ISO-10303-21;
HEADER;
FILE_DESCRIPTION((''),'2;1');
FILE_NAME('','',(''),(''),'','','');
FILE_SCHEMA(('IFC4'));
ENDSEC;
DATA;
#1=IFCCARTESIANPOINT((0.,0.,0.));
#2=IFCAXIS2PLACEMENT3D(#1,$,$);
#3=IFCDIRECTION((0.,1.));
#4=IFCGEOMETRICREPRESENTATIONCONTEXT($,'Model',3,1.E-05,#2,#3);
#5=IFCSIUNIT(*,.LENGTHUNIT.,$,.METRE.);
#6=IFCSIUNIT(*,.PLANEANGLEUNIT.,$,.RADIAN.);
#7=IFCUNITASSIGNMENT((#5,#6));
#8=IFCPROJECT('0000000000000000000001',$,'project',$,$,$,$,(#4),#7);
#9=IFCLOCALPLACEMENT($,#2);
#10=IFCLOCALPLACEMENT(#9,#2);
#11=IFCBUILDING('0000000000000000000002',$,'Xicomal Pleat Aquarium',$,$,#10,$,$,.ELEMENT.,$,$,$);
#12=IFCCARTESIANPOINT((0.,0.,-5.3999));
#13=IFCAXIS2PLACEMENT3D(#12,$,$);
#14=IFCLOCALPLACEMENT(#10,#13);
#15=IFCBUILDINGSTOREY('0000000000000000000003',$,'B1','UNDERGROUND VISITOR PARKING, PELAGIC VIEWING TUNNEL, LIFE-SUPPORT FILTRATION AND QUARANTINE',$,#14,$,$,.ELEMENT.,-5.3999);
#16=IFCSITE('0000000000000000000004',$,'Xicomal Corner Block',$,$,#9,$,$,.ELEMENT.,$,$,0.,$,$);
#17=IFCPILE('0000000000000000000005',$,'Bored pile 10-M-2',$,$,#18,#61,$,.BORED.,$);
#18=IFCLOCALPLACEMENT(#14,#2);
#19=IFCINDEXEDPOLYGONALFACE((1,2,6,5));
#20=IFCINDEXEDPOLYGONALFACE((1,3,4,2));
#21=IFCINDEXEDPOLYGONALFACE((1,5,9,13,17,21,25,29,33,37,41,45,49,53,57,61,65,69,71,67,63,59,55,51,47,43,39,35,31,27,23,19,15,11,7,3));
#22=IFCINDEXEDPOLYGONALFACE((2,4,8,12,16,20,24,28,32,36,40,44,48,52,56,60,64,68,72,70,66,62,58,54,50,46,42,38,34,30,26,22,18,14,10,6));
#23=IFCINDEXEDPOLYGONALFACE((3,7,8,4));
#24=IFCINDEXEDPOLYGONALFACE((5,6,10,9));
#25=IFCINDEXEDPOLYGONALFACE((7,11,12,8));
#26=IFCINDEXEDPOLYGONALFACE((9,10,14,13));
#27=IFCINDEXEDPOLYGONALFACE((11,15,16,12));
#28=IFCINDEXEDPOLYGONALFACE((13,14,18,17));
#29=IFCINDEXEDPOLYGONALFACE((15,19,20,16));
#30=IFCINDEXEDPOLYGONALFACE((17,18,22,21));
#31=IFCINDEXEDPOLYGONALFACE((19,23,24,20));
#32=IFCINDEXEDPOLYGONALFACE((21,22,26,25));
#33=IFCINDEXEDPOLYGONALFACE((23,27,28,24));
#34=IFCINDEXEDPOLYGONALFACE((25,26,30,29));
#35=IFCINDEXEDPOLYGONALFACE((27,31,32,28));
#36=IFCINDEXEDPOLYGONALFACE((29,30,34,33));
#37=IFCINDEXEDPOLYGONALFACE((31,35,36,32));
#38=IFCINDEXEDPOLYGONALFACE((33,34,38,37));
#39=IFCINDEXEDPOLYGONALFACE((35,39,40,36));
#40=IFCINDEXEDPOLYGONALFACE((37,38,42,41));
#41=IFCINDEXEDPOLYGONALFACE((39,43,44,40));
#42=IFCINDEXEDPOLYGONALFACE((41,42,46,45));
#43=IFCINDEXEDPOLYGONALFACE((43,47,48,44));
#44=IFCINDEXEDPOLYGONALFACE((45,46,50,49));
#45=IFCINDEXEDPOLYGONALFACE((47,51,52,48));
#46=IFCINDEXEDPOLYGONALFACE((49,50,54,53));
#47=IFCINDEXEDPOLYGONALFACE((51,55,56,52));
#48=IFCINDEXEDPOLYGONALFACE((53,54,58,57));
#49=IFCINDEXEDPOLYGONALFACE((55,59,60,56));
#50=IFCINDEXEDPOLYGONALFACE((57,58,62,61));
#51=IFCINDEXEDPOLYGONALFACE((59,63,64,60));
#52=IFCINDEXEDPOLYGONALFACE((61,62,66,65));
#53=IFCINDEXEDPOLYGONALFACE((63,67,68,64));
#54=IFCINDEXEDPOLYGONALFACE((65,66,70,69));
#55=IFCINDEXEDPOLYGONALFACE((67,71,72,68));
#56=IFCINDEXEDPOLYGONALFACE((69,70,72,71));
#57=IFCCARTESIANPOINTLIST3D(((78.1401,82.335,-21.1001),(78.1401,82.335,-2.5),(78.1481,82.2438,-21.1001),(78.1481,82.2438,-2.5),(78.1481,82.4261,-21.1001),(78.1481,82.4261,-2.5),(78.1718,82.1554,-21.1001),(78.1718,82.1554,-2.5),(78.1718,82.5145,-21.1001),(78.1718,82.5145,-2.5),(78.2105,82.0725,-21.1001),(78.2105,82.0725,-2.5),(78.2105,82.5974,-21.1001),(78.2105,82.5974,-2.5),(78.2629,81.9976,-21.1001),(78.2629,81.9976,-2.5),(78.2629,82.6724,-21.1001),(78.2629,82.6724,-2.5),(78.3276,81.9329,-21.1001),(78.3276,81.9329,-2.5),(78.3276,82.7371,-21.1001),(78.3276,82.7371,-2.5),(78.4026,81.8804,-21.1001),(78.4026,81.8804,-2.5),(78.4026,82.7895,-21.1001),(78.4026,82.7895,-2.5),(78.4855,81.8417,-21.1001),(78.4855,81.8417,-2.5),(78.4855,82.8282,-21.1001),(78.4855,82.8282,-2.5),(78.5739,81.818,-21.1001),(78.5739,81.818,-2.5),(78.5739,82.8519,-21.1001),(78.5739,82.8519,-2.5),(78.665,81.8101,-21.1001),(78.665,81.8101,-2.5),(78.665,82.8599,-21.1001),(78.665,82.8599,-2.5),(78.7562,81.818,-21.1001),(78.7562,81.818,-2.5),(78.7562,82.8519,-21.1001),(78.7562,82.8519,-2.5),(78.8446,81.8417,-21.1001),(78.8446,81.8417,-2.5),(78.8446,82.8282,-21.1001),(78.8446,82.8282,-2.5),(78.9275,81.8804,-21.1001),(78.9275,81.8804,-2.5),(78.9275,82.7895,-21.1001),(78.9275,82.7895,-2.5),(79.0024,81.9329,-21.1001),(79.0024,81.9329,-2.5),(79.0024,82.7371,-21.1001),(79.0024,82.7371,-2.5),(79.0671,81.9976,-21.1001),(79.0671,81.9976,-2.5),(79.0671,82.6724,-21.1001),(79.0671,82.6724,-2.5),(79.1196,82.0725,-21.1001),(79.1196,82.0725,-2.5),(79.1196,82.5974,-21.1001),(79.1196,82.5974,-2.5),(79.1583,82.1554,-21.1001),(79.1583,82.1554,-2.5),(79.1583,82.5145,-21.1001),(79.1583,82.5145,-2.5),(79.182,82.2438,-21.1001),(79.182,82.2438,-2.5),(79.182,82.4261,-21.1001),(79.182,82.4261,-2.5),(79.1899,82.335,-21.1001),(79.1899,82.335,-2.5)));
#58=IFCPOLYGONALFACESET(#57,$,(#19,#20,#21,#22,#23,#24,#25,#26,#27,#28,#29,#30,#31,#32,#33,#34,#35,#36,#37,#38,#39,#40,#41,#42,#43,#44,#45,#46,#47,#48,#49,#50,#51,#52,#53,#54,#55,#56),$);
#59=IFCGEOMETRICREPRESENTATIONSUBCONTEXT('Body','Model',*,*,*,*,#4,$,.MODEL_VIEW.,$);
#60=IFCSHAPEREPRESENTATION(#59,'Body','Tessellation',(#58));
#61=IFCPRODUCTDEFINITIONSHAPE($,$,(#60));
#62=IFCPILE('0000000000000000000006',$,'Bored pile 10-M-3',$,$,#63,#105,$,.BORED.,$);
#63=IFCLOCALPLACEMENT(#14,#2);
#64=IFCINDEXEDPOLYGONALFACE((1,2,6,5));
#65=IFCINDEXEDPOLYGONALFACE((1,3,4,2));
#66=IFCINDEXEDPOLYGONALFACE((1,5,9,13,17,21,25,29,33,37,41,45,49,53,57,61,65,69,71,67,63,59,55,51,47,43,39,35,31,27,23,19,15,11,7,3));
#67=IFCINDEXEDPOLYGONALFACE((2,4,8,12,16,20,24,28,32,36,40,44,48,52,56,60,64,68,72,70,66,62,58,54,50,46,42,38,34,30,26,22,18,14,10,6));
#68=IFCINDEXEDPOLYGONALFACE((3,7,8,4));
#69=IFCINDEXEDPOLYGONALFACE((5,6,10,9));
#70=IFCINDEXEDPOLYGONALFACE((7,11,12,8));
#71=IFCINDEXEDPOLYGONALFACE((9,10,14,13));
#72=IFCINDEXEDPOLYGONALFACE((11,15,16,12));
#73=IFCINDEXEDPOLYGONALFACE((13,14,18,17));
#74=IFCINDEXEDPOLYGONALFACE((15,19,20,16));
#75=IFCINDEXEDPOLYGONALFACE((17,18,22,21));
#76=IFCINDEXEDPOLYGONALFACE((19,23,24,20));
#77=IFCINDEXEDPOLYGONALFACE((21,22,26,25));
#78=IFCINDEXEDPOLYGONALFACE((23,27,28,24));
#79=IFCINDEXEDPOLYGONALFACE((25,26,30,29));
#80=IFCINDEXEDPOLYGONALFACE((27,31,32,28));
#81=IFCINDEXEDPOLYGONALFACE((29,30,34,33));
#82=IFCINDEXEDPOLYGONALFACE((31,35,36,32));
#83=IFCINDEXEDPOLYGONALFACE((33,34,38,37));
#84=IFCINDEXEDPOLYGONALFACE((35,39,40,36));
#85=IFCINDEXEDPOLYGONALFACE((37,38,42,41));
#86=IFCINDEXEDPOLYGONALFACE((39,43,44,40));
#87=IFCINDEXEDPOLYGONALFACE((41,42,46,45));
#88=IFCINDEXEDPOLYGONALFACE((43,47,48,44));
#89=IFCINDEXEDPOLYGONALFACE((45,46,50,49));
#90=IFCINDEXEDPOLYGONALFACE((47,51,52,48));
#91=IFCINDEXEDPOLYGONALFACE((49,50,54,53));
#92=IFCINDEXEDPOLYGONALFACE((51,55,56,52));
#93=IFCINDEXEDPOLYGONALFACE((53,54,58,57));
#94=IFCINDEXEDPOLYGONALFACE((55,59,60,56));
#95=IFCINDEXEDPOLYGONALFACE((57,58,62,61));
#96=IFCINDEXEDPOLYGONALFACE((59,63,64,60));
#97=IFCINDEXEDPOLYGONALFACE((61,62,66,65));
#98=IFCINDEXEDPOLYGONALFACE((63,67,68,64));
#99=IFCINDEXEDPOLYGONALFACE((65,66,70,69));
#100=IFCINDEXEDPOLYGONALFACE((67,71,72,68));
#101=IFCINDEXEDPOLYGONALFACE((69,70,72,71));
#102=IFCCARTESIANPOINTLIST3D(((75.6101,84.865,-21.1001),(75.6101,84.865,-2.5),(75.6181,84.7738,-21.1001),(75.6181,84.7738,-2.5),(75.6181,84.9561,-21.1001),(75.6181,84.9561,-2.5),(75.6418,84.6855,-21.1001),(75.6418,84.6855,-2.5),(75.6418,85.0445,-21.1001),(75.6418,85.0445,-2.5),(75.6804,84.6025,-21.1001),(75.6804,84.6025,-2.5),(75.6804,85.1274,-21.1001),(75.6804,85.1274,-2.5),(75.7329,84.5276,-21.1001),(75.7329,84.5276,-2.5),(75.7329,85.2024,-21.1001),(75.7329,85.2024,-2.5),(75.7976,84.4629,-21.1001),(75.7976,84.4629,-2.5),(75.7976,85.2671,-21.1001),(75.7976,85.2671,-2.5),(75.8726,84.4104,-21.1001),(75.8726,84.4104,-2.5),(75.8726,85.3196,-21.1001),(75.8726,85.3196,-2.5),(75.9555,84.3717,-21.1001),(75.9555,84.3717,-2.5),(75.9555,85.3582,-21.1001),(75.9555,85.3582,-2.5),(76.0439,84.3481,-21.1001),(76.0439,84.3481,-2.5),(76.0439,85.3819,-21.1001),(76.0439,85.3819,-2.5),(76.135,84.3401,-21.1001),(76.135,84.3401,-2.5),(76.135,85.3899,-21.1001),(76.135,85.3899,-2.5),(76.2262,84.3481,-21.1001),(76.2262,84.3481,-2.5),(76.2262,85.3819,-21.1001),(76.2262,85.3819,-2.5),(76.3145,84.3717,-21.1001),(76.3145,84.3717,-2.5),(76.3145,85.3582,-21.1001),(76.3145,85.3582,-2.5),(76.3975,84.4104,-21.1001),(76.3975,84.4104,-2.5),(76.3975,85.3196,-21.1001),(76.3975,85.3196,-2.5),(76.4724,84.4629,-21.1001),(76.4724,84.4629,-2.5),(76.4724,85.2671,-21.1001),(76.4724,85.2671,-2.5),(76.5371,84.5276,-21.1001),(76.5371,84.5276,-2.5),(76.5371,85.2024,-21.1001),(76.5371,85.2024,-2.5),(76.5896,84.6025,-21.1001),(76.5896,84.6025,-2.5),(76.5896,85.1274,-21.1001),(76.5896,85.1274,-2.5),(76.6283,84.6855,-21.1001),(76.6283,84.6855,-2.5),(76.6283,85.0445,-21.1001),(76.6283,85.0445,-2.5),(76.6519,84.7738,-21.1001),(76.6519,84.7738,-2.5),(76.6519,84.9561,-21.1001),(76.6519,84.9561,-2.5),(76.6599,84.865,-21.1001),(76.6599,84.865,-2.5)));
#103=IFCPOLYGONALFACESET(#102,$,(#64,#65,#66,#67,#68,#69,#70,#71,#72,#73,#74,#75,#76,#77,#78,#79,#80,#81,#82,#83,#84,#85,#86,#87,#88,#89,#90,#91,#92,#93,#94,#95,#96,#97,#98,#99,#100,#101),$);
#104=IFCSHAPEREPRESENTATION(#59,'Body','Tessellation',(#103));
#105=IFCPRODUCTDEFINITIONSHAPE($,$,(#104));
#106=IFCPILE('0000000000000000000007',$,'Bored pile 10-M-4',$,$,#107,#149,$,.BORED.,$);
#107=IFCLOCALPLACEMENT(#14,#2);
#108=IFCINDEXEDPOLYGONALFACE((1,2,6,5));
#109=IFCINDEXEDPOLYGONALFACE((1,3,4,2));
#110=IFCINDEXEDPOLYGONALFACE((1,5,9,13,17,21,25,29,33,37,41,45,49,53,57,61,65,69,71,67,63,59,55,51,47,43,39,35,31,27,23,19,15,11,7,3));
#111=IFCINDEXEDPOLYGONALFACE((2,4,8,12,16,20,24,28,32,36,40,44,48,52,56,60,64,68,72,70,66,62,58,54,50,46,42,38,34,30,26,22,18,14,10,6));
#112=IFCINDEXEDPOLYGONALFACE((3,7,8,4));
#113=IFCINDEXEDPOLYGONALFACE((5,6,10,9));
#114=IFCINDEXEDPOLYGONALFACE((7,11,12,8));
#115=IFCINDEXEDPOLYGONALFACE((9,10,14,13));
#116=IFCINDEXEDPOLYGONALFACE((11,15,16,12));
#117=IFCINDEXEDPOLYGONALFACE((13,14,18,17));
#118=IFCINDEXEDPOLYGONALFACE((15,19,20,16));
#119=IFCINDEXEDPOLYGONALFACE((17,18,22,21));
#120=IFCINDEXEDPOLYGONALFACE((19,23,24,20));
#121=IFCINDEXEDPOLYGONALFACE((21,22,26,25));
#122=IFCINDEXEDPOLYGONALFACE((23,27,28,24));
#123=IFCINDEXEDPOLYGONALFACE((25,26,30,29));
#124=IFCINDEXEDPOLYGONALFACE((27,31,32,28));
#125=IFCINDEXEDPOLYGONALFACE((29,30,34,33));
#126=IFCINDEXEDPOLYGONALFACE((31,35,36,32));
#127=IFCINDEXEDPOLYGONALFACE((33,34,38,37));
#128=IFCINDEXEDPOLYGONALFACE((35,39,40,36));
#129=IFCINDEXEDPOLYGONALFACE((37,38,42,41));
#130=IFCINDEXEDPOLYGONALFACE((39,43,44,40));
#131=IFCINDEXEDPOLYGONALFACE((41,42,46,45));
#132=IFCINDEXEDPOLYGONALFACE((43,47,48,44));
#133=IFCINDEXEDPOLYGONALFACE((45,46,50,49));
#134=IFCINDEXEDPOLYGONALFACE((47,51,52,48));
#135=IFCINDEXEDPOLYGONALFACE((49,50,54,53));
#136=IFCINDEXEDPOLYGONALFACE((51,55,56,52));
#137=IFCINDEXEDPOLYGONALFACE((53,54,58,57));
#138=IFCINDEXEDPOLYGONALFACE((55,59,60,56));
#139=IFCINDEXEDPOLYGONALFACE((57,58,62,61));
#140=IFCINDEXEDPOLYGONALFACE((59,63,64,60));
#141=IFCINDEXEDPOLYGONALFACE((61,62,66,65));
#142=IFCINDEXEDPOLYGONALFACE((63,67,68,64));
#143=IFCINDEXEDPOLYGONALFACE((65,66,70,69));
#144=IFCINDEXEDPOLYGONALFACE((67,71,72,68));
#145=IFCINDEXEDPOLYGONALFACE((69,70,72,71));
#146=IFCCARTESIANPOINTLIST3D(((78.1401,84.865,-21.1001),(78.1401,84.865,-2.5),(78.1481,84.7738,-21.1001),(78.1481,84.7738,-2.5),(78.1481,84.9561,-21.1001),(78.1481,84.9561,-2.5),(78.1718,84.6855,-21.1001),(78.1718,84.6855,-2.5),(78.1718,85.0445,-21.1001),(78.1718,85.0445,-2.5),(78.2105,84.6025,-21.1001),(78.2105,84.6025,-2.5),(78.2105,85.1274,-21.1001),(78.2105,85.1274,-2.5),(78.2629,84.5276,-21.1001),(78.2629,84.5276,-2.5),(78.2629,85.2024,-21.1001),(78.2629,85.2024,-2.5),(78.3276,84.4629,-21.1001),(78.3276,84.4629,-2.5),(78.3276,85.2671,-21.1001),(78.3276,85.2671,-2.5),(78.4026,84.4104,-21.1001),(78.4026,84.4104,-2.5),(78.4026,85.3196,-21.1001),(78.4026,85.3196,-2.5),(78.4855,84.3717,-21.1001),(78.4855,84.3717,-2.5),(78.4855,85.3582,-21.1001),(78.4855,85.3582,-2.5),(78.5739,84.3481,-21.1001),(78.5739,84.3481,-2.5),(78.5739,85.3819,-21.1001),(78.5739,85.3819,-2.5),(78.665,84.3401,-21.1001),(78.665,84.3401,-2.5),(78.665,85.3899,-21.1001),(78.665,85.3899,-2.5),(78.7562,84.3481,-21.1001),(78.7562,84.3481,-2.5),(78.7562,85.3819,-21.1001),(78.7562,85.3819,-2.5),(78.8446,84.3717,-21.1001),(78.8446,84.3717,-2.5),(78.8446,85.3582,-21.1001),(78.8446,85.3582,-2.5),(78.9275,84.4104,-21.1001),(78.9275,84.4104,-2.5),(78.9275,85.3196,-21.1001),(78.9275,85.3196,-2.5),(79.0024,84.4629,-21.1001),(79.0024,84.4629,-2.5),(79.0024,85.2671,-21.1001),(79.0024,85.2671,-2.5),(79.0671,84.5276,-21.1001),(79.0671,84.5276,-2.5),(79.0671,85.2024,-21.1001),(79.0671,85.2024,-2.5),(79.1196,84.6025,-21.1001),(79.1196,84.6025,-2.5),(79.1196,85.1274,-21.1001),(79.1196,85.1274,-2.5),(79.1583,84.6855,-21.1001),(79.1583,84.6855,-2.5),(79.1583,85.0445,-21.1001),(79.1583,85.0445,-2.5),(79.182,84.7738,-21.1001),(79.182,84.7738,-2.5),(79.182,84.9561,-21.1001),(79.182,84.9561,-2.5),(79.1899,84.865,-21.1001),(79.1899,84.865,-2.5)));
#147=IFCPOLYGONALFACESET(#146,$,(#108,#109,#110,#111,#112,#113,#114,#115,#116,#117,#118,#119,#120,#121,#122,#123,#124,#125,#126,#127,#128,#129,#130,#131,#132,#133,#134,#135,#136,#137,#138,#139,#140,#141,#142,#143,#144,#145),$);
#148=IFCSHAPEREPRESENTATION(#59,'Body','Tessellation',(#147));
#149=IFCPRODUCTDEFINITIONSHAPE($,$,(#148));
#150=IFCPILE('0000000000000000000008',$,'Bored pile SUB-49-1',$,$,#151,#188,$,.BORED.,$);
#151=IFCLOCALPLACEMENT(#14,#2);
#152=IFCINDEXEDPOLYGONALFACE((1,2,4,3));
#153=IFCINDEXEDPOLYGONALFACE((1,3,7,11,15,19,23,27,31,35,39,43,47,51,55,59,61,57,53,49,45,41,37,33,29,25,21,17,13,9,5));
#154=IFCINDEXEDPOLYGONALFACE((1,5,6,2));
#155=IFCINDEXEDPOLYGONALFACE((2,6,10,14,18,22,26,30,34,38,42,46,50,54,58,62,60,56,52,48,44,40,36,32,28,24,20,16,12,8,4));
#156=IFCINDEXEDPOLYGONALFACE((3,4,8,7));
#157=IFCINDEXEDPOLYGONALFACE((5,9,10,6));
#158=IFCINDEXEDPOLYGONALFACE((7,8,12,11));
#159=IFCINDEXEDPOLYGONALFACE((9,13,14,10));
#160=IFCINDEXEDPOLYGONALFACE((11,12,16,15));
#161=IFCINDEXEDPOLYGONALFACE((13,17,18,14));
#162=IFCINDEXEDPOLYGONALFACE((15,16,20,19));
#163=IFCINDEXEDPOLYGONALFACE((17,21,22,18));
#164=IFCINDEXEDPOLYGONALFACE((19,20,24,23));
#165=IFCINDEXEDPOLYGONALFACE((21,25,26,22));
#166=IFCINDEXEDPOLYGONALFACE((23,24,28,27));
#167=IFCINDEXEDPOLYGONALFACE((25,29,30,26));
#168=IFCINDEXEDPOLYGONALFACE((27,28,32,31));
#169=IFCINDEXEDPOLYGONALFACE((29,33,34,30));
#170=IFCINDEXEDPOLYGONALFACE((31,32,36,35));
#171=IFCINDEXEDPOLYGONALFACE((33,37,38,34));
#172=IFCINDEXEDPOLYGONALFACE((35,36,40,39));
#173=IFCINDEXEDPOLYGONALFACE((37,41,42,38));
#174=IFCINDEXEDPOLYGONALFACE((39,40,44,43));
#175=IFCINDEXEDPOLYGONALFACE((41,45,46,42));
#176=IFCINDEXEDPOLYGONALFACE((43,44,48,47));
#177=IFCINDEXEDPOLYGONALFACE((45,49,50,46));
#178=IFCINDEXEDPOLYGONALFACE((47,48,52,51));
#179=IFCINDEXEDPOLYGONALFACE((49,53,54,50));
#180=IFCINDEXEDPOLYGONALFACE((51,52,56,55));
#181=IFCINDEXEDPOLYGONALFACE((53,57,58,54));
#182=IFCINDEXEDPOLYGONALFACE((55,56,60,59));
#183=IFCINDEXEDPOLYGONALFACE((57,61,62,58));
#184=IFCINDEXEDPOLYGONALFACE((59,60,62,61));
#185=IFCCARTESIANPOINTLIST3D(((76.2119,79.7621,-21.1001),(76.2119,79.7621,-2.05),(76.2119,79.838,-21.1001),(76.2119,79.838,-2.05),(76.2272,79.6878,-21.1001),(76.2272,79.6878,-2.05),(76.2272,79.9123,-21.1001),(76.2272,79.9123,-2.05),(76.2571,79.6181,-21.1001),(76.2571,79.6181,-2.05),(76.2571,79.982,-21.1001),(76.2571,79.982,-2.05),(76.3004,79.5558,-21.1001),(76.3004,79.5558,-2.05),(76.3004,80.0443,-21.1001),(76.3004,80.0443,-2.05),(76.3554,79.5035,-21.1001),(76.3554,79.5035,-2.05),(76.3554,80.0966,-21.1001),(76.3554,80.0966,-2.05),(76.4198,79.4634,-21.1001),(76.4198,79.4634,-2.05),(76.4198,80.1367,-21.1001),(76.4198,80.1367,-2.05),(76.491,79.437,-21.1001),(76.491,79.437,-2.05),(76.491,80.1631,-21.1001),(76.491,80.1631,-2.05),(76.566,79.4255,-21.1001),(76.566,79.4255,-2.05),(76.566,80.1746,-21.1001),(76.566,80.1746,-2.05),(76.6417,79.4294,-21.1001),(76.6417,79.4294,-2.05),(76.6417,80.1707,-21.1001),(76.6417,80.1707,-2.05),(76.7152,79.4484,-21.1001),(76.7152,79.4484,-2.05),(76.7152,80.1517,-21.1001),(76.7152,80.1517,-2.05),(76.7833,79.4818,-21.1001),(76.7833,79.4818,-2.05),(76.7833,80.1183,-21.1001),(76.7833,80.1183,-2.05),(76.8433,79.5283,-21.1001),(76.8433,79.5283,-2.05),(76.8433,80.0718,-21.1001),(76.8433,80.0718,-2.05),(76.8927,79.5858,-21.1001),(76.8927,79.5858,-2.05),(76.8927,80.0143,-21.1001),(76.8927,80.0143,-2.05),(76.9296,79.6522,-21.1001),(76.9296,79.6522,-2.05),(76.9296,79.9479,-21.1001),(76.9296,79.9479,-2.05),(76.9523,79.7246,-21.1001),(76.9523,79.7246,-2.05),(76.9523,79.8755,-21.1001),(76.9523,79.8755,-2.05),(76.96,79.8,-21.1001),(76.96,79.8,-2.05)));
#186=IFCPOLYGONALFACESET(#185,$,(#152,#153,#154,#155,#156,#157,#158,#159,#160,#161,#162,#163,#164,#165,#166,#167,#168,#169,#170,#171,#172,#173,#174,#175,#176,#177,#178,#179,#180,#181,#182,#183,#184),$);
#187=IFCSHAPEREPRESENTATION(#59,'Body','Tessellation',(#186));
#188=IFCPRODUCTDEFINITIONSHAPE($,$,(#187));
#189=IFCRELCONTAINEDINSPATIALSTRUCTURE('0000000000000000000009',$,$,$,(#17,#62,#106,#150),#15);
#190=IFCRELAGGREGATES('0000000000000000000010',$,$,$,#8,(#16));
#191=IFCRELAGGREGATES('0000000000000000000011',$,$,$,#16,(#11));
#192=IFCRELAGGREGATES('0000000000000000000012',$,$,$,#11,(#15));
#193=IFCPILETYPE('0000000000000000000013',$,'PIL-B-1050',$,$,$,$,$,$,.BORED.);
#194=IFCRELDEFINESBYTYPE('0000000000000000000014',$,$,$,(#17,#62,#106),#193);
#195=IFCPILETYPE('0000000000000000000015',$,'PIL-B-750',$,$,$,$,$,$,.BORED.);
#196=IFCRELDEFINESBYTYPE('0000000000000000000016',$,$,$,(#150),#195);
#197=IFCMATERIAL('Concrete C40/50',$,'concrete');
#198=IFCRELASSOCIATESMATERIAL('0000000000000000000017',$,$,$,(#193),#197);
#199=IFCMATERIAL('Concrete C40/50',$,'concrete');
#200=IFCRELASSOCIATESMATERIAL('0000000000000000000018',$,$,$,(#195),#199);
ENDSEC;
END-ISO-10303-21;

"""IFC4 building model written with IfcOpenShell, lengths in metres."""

from ifc_helpers import new_model, si_unit, direction, frame, origin, origin_2d, place, context, subcontext, project, spatial, circle, extrude, material, material_profile, profile_set, type_object, element, save


model = new_model("IFC4")

# Units and contexts
model_context = context("Model", 3, precision=1e-05, world=origin(), true_north=direction((0.0, 1.0)))
body_context = subcontext(model_context, "Body", "Model", "MODEL_VIEW")
ifc_project = project(units=[si_unit("LENGTHUNIT", "METRE"), si_unit("PLANEANGLEUNIT", "RADIAN")], contexts=[model_context])

# Site, building, storey
site_placement = place(None, origin())
site = spatial("IfcSite", under=ifc_project, at=site_placement, Name="Xicomal Corner Block", CompositionType="ELEMENT", RefElevation=0.0)
building_placement = place(site_placement, origin())
building = spatial("IfcBuilding", under=site, at=building_placement, Name="Xicomal Pleat Aquarium", CompositionType="ELEMENT")
storey_placement = place(building_placement, frame((0.0, 0.0, -5.3999)))
storey = spatial("IfcBuildingStorey", under=building, at=storey_placement, Name="B1", Description="UNDERGROUND VISITOR PARKING, PELAGIC VIEWING TUNNEL, LIFE-SUPPORT FILTRATION AND QUARANTINE", CompositionType="ELEMENT", Elevation=-5.3999)

# Piles
ifc_material_1 = material(Name="Concrete C40/50", Category="concrete")
ifc_material_profile_1 = material_profile(ifc_material_1, circle(Radius=0.5249, at=origin_2d()), Name="BORED PILE D1050")
ifc_profile_set_1 = profile_set([ifc_material_profile_1], Name="Concrete C40/50")
pile_type_1 = type_object("IfcPileType", Name="PIL-B-1050", PredefinedType="BORED", material=ifc_profile_set_1)
for number, where, z_axis, x_axis, name in (
    (1, (78.665, 82.335, -2.5), (0.0, 0.0, -1.0), (1.0, 0.0, 0.0), "Bored pile 10-M-2"),
    (2, (76.135, 84.865, -2.5), (0.0, 0.0, -1.0), (1.0, 0.0, 0.0), "Bored pile 10-M-3"),
    (3, (78.665, 84.865, -2.5), (0.0, 0.0, -1.0), (1.0, 0.0, 0.0), "Bored pile 10-M-4"),
):
    element("IfcPile", number, at=place(storey_placement, frame(where, z_axis=z_axis, x_axis=x_axis)), inside=storey, type_object=pile_type_1, Name=name, PredefinedType="BORED", context=body_context, shape_type="SweptSolid", body=[
        extrude(circle(Radius=0.5249, at=origin_2d()), origin(), (0.0, 0.0, 1.0), 18.6001),
    ])
ifc_material_2 = material(Name="Concrete C40/50", Category="concrete")
ifc_material_profile_2 = material_profile(ifc_material_2, circle(Radius=0.375, at=origin_2d()), Name="BORED PILE D750")
ifc_profile_set_2 = profile_set([ifc_material_profile_2], Name="Concrete C40/50")
pile_type_2 = type_object("IfcPileType", Name="PIL-B-750", PredefinedType="BORED", material=ifc_profile_set_2)
for number, where, z_axis, x_axis, name in (
    (4, (76.585, 79.8, -2.05), (0.0, 0.0, -1.0), (1.0, 0.0, 0.0), "Bored pile SUB-49-1"),
):
    element("IfcPile", number, at=place(storey_placement, frame(where, z_axis=z_axis, x_axis=x_axis)), inside=storey, type_object=pile_type_2, Name=name, PredefinedType="BORED", context=body_context, shape_type="SweptSolid", body=[
        extrude(circle(Radius=0.375, at=origin_2d()), origin(), (0.0, 0.0, 1.0), 19.05),
    ])

save(model, "model.ifc")
